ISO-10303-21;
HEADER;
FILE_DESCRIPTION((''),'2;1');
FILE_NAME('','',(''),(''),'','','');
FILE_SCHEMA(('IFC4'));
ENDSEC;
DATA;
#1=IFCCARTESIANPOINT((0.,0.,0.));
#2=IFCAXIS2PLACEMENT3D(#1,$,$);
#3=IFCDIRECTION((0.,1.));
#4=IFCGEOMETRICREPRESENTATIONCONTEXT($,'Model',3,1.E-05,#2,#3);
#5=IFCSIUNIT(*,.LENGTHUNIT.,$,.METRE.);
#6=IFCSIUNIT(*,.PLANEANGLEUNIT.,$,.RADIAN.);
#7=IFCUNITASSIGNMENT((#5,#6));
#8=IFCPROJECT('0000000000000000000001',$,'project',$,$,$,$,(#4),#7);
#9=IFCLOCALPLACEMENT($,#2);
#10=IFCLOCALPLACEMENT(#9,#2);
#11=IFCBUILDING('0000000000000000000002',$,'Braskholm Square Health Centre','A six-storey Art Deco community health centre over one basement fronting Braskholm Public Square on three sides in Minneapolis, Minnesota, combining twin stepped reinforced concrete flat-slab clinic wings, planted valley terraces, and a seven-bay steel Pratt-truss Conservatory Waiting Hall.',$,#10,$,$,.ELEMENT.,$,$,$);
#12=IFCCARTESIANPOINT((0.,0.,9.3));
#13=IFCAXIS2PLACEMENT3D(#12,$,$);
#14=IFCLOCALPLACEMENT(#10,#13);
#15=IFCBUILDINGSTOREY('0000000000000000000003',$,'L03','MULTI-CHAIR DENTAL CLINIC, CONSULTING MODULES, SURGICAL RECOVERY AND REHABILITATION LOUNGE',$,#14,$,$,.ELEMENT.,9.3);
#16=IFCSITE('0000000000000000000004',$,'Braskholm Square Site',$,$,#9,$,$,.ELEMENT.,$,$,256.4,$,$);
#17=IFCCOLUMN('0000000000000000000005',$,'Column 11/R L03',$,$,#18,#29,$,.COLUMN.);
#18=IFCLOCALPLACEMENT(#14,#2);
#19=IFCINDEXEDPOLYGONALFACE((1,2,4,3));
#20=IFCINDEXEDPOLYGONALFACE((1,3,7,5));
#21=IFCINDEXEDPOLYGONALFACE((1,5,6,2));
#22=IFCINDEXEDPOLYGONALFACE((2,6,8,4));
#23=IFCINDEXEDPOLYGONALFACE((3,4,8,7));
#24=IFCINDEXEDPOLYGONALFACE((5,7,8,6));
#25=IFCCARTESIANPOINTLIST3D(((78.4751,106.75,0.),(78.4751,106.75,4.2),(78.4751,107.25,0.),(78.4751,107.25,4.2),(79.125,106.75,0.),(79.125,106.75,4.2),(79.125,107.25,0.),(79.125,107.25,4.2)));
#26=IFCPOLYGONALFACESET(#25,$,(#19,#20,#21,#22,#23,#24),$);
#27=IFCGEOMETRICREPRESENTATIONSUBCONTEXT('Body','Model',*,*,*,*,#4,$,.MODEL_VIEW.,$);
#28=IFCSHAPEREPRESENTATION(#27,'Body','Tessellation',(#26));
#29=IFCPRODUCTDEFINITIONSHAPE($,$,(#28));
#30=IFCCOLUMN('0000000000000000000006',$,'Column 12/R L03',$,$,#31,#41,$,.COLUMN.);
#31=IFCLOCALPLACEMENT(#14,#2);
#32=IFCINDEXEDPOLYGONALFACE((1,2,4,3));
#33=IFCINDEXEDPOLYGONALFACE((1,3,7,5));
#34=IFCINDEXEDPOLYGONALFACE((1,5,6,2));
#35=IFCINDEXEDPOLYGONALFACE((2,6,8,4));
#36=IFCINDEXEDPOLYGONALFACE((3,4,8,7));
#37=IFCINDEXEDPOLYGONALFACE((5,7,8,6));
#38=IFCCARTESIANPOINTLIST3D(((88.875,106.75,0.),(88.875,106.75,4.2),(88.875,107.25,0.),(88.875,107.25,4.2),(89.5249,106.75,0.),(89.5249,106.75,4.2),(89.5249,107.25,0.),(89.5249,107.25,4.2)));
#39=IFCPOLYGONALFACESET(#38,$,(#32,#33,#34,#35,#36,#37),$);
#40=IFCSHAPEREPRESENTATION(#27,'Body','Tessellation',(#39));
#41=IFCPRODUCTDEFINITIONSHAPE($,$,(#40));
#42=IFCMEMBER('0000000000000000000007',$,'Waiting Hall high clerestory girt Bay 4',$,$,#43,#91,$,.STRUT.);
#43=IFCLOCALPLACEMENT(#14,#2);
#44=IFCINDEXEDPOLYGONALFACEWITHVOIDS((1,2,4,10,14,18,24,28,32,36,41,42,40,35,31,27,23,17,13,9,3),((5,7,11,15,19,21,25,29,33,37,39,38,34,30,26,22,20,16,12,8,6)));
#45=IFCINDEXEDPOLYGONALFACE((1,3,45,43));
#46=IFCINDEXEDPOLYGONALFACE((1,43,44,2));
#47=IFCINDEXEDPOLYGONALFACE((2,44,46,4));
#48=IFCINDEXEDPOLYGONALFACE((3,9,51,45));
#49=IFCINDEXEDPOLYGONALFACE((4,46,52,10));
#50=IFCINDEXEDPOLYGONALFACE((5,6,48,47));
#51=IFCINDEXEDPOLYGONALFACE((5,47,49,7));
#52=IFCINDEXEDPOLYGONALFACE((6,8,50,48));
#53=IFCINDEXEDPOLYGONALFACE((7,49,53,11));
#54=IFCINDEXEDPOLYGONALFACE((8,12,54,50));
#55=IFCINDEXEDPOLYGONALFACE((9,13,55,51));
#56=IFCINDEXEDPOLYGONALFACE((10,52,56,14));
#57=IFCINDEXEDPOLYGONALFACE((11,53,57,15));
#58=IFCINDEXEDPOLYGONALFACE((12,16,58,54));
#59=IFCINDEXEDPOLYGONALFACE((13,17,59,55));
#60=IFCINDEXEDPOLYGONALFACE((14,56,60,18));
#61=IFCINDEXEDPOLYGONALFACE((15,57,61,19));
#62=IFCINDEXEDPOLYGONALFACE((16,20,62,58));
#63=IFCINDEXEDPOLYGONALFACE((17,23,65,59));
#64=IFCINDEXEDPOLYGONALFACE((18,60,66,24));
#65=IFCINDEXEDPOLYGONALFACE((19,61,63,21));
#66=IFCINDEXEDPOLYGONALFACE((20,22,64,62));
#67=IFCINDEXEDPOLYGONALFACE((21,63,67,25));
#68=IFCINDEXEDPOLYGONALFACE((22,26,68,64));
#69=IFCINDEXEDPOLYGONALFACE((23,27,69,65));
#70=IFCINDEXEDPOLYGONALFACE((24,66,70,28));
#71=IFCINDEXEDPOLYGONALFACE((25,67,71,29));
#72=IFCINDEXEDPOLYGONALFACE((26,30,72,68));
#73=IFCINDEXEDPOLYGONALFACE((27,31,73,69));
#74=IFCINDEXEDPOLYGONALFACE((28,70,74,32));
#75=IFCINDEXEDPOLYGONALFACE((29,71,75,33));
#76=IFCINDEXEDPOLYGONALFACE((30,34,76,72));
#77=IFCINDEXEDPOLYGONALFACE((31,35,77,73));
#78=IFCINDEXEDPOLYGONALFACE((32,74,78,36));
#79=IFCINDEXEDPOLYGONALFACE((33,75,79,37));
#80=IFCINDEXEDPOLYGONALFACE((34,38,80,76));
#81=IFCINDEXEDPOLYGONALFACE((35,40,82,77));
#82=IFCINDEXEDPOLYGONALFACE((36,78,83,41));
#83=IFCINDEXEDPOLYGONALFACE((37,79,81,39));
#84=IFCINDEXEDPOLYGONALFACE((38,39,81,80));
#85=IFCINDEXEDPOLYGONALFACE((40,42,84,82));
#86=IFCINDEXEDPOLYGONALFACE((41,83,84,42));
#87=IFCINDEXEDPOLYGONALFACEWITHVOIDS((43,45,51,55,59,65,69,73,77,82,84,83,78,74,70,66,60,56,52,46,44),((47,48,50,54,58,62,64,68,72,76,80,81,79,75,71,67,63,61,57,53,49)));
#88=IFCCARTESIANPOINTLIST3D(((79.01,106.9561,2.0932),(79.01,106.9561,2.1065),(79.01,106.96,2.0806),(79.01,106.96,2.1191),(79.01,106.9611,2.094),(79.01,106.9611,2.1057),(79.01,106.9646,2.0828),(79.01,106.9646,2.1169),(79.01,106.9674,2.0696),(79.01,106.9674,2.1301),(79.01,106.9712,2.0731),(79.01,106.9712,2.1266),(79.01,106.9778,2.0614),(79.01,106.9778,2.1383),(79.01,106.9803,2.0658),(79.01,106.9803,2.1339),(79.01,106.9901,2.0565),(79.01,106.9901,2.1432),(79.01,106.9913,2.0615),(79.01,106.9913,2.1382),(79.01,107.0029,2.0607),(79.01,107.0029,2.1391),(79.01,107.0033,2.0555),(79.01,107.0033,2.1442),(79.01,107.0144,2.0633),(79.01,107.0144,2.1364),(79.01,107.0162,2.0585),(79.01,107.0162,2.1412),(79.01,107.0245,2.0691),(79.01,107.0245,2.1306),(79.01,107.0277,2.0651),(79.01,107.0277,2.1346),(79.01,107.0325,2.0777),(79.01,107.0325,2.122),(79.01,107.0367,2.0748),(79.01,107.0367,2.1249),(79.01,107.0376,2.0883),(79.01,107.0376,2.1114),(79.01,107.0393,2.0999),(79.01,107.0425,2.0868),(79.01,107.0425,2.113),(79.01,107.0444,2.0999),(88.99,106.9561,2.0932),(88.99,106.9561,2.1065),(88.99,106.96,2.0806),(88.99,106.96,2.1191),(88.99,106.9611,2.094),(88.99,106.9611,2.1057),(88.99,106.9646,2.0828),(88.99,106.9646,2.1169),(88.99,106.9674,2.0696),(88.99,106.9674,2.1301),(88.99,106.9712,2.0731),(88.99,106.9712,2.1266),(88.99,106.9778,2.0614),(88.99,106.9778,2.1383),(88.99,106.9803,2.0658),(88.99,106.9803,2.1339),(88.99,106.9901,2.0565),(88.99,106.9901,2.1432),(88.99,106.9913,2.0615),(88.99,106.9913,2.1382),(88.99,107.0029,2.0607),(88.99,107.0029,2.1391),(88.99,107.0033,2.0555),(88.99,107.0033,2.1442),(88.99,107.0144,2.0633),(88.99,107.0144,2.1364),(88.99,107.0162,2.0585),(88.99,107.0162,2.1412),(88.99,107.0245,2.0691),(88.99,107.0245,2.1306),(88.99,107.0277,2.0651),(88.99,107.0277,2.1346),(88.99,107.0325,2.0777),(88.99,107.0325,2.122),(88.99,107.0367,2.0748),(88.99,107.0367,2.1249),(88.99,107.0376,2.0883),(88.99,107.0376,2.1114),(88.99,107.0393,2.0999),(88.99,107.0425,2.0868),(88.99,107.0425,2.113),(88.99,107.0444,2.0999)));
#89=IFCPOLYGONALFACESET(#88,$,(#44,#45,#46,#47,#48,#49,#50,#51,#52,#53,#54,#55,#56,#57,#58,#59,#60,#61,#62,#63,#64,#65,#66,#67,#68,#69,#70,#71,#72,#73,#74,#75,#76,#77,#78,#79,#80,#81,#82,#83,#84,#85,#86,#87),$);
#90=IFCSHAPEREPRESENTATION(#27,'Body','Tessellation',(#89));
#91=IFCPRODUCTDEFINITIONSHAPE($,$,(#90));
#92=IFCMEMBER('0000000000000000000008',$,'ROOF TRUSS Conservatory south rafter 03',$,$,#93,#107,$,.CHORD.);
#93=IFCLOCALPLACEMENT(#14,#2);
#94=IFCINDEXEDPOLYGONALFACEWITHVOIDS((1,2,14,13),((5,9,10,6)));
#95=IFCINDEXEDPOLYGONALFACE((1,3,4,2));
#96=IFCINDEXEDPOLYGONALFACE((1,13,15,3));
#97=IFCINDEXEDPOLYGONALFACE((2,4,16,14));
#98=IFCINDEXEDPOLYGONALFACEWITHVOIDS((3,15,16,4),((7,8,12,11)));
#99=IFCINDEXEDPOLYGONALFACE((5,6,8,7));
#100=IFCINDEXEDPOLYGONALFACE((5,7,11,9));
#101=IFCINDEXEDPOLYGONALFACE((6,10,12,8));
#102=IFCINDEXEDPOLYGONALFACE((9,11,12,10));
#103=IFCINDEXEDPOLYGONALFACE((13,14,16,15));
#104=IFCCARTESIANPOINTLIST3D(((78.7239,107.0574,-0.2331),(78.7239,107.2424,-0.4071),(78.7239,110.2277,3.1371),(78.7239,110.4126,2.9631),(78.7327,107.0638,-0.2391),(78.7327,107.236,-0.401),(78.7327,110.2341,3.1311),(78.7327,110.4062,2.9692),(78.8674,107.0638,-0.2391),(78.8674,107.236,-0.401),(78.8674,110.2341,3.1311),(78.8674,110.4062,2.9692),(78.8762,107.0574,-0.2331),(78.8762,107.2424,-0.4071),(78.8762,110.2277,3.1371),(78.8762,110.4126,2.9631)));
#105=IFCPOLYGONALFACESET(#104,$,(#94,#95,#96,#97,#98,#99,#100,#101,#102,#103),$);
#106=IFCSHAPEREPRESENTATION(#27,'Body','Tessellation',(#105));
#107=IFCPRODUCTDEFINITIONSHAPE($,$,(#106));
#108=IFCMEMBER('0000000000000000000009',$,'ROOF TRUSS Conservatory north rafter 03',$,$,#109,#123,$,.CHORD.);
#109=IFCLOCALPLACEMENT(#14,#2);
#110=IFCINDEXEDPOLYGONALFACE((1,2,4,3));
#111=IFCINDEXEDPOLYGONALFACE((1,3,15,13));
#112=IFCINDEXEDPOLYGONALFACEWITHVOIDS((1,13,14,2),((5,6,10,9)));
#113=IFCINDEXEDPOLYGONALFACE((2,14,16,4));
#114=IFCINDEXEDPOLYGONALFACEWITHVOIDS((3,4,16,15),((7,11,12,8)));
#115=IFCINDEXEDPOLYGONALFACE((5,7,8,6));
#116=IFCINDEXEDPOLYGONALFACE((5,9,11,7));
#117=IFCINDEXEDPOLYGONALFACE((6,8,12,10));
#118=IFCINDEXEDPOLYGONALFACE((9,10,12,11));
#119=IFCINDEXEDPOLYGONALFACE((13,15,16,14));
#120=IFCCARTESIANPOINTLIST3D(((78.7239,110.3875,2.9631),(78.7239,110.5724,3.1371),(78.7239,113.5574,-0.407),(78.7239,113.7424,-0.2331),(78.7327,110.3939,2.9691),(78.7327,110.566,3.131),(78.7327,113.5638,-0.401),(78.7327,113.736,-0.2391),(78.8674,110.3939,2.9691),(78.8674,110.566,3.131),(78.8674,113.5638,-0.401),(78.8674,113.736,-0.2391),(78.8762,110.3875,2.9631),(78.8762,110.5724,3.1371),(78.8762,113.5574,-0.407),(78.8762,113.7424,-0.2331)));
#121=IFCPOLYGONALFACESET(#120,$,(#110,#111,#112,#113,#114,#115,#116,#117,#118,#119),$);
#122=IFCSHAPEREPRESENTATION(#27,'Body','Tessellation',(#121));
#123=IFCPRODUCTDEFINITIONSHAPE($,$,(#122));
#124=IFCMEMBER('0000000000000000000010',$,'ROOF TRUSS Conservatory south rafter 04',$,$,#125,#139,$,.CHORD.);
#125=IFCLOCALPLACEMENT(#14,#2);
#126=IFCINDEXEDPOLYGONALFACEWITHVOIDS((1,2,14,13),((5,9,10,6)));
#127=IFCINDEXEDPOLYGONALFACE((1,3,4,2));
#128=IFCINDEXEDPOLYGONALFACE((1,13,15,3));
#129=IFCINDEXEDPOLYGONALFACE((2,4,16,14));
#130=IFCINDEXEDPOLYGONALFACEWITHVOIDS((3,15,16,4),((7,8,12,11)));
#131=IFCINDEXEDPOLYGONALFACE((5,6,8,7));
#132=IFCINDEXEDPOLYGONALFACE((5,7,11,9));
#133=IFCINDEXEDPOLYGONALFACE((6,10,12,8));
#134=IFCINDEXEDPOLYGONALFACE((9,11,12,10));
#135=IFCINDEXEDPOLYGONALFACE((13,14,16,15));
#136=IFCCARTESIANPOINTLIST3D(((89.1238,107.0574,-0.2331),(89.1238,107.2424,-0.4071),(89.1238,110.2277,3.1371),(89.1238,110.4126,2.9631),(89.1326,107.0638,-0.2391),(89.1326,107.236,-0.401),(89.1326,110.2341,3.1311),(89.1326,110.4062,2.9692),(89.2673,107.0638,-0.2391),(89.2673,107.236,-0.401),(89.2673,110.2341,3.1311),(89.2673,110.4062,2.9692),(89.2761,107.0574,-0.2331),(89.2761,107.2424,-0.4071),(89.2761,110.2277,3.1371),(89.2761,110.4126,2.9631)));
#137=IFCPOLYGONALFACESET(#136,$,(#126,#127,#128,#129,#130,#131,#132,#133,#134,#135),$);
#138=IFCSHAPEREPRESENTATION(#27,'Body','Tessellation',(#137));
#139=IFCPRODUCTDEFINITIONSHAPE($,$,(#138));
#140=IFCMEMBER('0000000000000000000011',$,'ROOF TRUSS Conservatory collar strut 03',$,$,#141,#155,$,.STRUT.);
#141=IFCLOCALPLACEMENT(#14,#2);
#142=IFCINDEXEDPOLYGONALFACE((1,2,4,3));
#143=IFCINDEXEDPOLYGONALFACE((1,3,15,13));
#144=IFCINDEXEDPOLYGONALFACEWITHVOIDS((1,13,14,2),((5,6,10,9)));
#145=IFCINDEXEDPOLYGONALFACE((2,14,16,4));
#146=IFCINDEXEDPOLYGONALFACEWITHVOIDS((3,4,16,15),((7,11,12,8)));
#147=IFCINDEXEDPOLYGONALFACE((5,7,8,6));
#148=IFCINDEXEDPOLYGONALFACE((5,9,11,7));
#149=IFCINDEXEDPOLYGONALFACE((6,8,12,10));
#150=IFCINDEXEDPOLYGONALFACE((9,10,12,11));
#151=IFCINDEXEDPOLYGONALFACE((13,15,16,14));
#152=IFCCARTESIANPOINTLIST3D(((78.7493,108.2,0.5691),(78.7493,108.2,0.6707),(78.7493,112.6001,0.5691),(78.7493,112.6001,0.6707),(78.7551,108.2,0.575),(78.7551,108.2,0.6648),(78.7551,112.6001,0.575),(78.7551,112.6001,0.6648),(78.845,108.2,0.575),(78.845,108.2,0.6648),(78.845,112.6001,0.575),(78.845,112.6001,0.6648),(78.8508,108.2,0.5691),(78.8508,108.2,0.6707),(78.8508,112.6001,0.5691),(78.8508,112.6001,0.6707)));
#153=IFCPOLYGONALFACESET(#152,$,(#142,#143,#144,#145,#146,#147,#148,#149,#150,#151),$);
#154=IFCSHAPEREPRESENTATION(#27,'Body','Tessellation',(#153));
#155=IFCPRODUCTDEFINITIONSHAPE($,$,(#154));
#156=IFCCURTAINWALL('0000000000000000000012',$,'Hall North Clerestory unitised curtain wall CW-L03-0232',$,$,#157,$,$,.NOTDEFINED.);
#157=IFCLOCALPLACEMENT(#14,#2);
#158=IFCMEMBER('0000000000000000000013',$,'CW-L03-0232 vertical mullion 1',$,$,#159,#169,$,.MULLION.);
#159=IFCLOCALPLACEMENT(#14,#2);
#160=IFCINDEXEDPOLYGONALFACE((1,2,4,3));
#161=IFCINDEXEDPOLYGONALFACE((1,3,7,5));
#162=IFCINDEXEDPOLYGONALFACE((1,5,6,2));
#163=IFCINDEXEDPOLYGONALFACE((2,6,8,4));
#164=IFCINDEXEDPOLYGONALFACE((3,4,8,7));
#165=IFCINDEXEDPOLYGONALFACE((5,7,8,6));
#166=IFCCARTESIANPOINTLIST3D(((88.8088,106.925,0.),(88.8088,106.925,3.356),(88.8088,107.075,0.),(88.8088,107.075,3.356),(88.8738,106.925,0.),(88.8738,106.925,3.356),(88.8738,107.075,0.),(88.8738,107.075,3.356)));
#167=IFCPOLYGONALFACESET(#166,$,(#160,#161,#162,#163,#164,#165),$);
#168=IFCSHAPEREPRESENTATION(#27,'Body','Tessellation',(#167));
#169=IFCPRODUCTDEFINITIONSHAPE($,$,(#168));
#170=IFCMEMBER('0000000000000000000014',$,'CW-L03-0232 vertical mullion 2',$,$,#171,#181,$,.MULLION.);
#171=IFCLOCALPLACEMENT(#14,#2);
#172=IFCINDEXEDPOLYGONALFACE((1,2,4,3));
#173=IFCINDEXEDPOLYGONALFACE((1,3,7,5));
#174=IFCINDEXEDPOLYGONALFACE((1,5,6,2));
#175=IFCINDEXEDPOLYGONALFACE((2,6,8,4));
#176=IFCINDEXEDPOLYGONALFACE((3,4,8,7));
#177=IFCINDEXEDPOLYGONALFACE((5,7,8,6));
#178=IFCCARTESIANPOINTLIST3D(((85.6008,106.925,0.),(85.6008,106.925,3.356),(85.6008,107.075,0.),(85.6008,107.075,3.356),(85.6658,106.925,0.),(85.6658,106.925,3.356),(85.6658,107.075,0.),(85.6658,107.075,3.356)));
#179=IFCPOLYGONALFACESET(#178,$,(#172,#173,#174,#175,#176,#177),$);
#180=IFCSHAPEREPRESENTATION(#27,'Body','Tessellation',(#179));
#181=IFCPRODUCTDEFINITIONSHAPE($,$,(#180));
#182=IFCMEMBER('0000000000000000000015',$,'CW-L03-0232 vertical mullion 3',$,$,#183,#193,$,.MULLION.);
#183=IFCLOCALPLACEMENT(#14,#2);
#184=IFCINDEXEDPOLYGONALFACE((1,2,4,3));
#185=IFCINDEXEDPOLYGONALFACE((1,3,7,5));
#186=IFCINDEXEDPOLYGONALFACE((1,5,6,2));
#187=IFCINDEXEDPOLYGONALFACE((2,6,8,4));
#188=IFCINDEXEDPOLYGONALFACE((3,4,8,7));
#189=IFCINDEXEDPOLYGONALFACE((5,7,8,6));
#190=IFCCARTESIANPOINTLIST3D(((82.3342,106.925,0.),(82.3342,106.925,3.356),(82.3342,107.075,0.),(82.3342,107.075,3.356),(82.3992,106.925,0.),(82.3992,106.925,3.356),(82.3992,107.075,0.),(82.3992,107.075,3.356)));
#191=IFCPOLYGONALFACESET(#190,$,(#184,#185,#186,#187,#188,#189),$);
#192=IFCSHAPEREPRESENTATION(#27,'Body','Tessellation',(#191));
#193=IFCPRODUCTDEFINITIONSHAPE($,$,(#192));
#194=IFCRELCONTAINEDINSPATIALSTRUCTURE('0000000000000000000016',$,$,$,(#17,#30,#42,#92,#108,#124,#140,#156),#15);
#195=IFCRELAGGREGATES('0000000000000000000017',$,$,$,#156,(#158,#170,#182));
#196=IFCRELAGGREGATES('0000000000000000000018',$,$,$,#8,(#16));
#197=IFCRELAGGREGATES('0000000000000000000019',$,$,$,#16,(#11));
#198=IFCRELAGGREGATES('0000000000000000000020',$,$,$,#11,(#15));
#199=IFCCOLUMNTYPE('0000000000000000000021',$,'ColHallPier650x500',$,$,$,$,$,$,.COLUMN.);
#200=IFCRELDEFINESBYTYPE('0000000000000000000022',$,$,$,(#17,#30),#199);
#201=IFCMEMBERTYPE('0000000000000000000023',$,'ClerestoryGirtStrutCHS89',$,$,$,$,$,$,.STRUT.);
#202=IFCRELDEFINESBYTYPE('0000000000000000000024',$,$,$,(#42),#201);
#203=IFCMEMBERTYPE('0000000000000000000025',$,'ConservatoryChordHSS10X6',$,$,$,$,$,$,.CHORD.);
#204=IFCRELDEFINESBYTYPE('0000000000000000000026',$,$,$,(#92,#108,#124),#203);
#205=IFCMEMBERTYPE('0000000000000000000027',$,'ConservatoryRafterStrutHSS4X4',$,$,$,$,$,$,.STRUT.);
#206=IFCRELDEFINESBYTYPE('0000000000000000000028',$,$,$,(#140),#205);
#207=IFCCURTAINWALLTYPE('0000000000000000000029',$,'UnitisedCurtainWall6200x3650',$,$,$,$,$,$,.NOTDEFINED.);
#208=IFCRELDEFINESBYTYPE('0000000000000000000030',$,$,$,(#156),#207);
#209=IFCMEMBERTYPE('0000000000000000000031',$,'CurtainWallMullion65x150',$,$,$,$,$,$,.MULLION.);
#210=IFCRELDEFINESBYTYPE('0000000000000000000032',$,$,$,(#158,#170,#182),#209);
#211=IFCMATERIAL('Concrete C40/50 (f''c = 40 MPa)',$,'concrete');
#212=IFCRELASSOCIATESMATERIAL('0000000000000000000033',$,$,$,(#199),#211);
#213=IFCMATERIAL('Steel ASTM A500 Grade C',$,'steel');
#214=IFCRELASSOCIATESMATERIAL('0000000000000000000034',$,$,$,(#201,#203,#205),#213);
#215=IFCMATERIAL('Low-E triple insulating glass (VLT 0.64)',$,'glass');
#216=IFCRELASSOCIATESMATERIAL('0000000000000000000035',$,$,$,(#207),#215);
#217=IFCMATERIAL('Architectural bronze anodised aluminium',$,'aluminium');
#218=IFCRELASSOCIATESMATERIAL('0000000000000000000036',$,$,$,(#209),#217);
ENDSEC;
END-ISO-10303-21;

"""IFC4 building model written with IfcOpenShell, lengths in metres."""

from ifc_helpers import new_model, si_unit, direction, frame, origin, origin_2d, place, context, subcontext, project, spatial, rectangle, hollow_rectangle, hollow_circle, extrude, material, material_profile, profile_set, type_object, element, aggregate, save


model = new_model("IFC4")

# Units and contexts
model_context = context("Model", 3, precision=1e-05, world=origin(), true_north=direction((0.0, 1.0)))
body_context = subcontext(model_context, "Body", "Model", "MODEL_VIEW")
ifc_project = project(units=[si_unit("LENGTHUNIT", "METRE"), si_unit("PLANEANGLEUNIT", "RADIAN")], contexts=[model_context])

# Site, building, storey
site_placement = place(None, origin())
site = spatial("IfcSite", under=ifc_project, at=site_placement, Name="Braskholm Square Site", CompositionType="ELEMENT", RefElevation=256.4)
building_placement = place(site_placement, origin())
building = spatial("IfcBuilding", under=site, at=building_placement, Name="Braskholm Square Health Centre", Description="A six-storey Art Deco community health centre over one basement fronting Braskholm Public Square on three sides in Minneapolis, Minnesota, combining twin stepped reinforced concrete flat-slab clinic wings, planted valley terraces, and a seven-bay steel Pratt-truss Conservatory Waiting Hall.", CompositionType="ELEMENT")
storey_placement = place(building_placement, frame((0.0, 0.0, 9.3)))
storey = spatial("IfcBuildingStorey", under=building, at=storey_placement, Name="L03", Description="MULTI-CHAIR DENTAL CLINIC, CONSULTING MODULES, SURGICAL RECOVERY AND REHABILITATION LOUNGE", CompositionType="ELEMENT", Elevation=9.3)

# Columns
ifc_material_1 = material(Name="Concrete C40/50 (f'c = 40 MPa)", Category="concrete")
ifc_material_profile_1 = material_profile(ifc_material_1, rectangle(XDim=0.6499, YDim=0.5, at=origin_2d()), Name="RC-650X500")
ifc_profile_set_1 = profile_set([ifc_material_profile_1], Name="Concrete C40/50 (f'c = 40 MPa)")
column_type = type_object("IfcColumnType", Name="ColHallPier650x500", PredefinedType="COLUMN", material=ifc_profile_set_1)
for number, where, z_axis, x_axis, name in (
    (1, (78.8, 107.0, 0.0), (0.0, 0.0, 1.0), (1.0, 0.0, 0.0), "Column 11/R L03"),
    (2, (89.2, 107.0, 0.0), (0.0, 0.0, 1.0), (1.0, 0.0, 0.0), "Column 12/R L03"),
):
    element("IfcColumn", number, at=place(storey_placement, frame(where, z_axis=z_axis, x_axis=x_axis)), inside=storey, type_object=column_type, Name=name, PredefinedType="COLUMN", context=body_context, shape_type="SweptSolid", body=[
        extrude(rectangle(XDim=0.6499, YDim=0.5, at=origin_2d()), origin(), (0.0, 0.0, 1.0), 4.2),
    ])

# Members
ifc_material_2 = material(Name="Steel ASTM A500 Grade C", Category="steel")
ifc_material_profile_2 = material_profile(ifc_material_2, hollow_circle(Radius=0.0444, WallThickness=0.0051, at=origin_2d()), Name="HSS3.500X0.216")
ifc_profile_set_2 = profile_set([ifc_material_profile_2], Name="Steel ASTM A500 Grade C")
member_type_1 = type_object("IfcMemberType", Name="ClerestoryGirtStrutCHS89", PredefinedType="STRUT", material=ifc_profile_set_2)
member_1_placement = place(storey_placement, frame((79.01, 107.0, 2.0999), z_axis=(1.0, 0.0, 0.0), x_axis=(0.0, 1.0, 0.0)))
element("IfcMember", 3, at=member_1_placement, inside=storey, type_object=member_type_1, Name="Waiting Hall high clerestory girt Bay 4", PredefinedType="STRUT", context=body_context, shape_type="SweptSolid", body=[
    extrude(hollow_circle(Radius=0.0444, WallThickness=0.0051, at=origin_2d()), origin(), (0.0, 0.0, 1.0), 9.98),
])
ifc_material_profile_3 = material_profile(ifc_material_2, hollow_rectangle(XDim=0.1523, YDim=0.2539, WallThickness=0.0088, at=origin_2d()), Name="HSS10X6X3/8")
ifc_profile_set_3 = profile_set([ifc_material_profile_3], Name="Steel ASTM A500 Grade C")
member_type_2 = type_object("IfcMemberType", Name="ConservatoryChordHSS10X6", PredefinedType="CHORD", material=ifc_profile_set_3)
member_2_placement = place(storey_placement, frame((78.8, 107.1499, -0.3201), z_axis=(0.0, 0.685169, 0.728384), x_axis=(-1.0, 0.0, 0.0)))
element("IfcMember", 4, at=member_2_placement, inside=storey, type_object=member_type_2, Name="ROOF TRUSS Conservatory south rafter 03", PredefinedType="CHORD", context=body_context, shape_type="SweptSolid", body=[
    extrude(hollow_rectangle(XDim=0.1523, YDim=0.2539, WallThickness=0.0088, at=origin_2d()), origin(), (0.0, 0.0, 1.0), 4.627),
])
member_3_placement = place(storey_placement, frame((78.8, 113.6499, -0.3201), z_axis=(0.0, -0.685141, 0.728411), x_axis=(1.0, 0.0, 0.0)))
element("IfcMember", 5, at=member_3_placement, inside=storey, type_object=member_type_2, Name="ROOF TRUSS Conservatory north rafter 03", PredefinedType="CHORD", context=body_context, shape_type="SweptSolid", body=[
    extrude(hollow_rectangle(XDim=0.1523, YDim=0.2539, WallThickness=0.0088, at=origin_2d()), origin(), (0.0, 0.0, 1.0), 4.6267),
])
member_4_placement = place(storey_placement, frame((89.2, 107.1499, -0.3201), z_axis=(0.0, 0.685169, 0.728384), x_axis=(-1.0, 0.0, 0.0)))
element("IfcMember", 6, at=member_4_placement, inside=storey, type_object=member_type_2, Name="ROOF TRUSS Conservatory south rafter 04", PredefinedType="CHORD", context=body_context, shape_type="SweptSolid", body=[
    extrude(hollow_rectangle(XDim=0.1523, YDim=0.2539, WallThickness=0.0088, at=origin_2d()), origin(), (0.0, 0.0, 1.0), 4.627),
])
ifc_material_profile_4 = material_profile(ifc_material_2, hollow_rectangle(XDim=0.1016, YDim=0.1016, WallThickness=0.0059, at=origin_2d()), Name="HSS4X4X1/4")
ifc_profile_set_4 = profile_set([ifc_material_profile_4], Name="Steel ASTM A500 Grade C")
member_type_3 = type_object("IfcMemberType", Name="ConservatoryRafterStrutHSS4X4", PredefinedType="STRUT", material=ifc_profile_set_4)
member_5_placement = place(storey_placement, frame((78.8, 108.2, 0.6199), z_axis=(0.0, 1.0, 0.0), x_axis=(-1.0, 0.0, 0.0)))
element("IfcMember", 7, at=member_5_placement, inside=storey, type_object=member_type_3, Name="ROOF TRUSS Conservatory collar strut 03", PredefinedType="STRUT", context=body_context, shape_type="SweptSolid", body=[
    extrude(hollow_rectangle(XDim=0.1016, YDim=0.1016, WallThickness=0.0059, at=origin_2d()), origin(), (0.0, 0.0, 1.0), 4.4001),
])

# Curtain wall, members
ifc_material_3 = material(Name="Low-E triple insulating glass (VLT 0.64)", Category="glass")
curtain_wall_type = type_object("IfcCurtainWallType", Name="UnitisedCurtainWall6200x3650", PredefinedType="NOTDEFINED", material=ifc_material_3)
curtain_wall_placement = place(storey_placement, origin())
curtain_wall = element("IfcCurtainWall", 8, at=curtain_wall_placement, inside=storey, type_object=curtain_wall_type, Name="Hall North Clerestory unitised curtain wall CW-L03-0232", PredefinedType="NOTDEFINED")
ifc_material_4 = material(Name="Architectural bronze anodised aluminium", Category="aluminium")
ifc_material_profile_5 = material_profile(ifc_material_4, rectangle(XDim=0.0649, YDim=0.1499, at=origin_2d()), Name="ALU-65X150")
ifc_profile_set_5 = profile_set([ifc_material_profile_5], Name="Architectural bronze anodised aluminium")
member_type_4 = type_object("IfcMemberType", Name="CurtainWallMullion65x150", PredefinedType="MULLION", material=ifc_profile_set_5)
member_6_placement = place(storey_placement, frame((88.8413, 107.0, 0.0), z_axis=(0.0, 0.0, 1.0), x_axis=(1.0, 0.0, 0.0)))
member_6 = element("IfcMember", 9, at=member_6_placement, type_object=member_type_4, Name="CW-L03-0232 vertical mullion 1", PredefinedType="MULLION", context=body_context, shape_type="SweptSolid", body=[
    extrude(rectangle(XDim=0.0649, YDim=0.1499, at=origin_2d()), origin(), (0.0, 0.0, 1.0), 3.356),
])
member_7_placement = place(storey_placement, frame((85.6333, 107.0, 0.0), z_axis=(0.0, 0.0, 1.0), x_axis=(1.0, 0.0, 0.0)))
member_7 = element("IfcMember", 10, at=member_7_placement, type_object=member_type_4, Name="CW-L03-0232 vertical mullion 2", PredefinedType="MULLION", context=body_context, shape_type="SweptSolid", body=[
    extrude(rectangle(XDim=0.0649, YDim=0.1499, at=origin_2d()), origin(), (0.0, 0.0, 1.0), 3.356),
])
member_8_placement = place(storey_placement, frame((82.3667, 107.0, 0.0), z_axis=(0.0, 0.0, 1.0), x_axis=(1.0, 0.0, 0.0)))
member_8 = element("IfcMember", 11, at=member_8_placement, type_object=member_type_4, Name="CW-L03-0232 vertical mullion 3", PredefinedType="MULLION", context=body_context, shape_type="SweptSolid", body=[
    extrude(rectangle(XDim=0.0649, YDim=0.1499, at=origin_2d()), origin(), (0.0, 0.0, 1.0), 3.356),
])

aggregate(curtain_wall, [member_6, member_7, member_8])

save(model, "model.ifc")
